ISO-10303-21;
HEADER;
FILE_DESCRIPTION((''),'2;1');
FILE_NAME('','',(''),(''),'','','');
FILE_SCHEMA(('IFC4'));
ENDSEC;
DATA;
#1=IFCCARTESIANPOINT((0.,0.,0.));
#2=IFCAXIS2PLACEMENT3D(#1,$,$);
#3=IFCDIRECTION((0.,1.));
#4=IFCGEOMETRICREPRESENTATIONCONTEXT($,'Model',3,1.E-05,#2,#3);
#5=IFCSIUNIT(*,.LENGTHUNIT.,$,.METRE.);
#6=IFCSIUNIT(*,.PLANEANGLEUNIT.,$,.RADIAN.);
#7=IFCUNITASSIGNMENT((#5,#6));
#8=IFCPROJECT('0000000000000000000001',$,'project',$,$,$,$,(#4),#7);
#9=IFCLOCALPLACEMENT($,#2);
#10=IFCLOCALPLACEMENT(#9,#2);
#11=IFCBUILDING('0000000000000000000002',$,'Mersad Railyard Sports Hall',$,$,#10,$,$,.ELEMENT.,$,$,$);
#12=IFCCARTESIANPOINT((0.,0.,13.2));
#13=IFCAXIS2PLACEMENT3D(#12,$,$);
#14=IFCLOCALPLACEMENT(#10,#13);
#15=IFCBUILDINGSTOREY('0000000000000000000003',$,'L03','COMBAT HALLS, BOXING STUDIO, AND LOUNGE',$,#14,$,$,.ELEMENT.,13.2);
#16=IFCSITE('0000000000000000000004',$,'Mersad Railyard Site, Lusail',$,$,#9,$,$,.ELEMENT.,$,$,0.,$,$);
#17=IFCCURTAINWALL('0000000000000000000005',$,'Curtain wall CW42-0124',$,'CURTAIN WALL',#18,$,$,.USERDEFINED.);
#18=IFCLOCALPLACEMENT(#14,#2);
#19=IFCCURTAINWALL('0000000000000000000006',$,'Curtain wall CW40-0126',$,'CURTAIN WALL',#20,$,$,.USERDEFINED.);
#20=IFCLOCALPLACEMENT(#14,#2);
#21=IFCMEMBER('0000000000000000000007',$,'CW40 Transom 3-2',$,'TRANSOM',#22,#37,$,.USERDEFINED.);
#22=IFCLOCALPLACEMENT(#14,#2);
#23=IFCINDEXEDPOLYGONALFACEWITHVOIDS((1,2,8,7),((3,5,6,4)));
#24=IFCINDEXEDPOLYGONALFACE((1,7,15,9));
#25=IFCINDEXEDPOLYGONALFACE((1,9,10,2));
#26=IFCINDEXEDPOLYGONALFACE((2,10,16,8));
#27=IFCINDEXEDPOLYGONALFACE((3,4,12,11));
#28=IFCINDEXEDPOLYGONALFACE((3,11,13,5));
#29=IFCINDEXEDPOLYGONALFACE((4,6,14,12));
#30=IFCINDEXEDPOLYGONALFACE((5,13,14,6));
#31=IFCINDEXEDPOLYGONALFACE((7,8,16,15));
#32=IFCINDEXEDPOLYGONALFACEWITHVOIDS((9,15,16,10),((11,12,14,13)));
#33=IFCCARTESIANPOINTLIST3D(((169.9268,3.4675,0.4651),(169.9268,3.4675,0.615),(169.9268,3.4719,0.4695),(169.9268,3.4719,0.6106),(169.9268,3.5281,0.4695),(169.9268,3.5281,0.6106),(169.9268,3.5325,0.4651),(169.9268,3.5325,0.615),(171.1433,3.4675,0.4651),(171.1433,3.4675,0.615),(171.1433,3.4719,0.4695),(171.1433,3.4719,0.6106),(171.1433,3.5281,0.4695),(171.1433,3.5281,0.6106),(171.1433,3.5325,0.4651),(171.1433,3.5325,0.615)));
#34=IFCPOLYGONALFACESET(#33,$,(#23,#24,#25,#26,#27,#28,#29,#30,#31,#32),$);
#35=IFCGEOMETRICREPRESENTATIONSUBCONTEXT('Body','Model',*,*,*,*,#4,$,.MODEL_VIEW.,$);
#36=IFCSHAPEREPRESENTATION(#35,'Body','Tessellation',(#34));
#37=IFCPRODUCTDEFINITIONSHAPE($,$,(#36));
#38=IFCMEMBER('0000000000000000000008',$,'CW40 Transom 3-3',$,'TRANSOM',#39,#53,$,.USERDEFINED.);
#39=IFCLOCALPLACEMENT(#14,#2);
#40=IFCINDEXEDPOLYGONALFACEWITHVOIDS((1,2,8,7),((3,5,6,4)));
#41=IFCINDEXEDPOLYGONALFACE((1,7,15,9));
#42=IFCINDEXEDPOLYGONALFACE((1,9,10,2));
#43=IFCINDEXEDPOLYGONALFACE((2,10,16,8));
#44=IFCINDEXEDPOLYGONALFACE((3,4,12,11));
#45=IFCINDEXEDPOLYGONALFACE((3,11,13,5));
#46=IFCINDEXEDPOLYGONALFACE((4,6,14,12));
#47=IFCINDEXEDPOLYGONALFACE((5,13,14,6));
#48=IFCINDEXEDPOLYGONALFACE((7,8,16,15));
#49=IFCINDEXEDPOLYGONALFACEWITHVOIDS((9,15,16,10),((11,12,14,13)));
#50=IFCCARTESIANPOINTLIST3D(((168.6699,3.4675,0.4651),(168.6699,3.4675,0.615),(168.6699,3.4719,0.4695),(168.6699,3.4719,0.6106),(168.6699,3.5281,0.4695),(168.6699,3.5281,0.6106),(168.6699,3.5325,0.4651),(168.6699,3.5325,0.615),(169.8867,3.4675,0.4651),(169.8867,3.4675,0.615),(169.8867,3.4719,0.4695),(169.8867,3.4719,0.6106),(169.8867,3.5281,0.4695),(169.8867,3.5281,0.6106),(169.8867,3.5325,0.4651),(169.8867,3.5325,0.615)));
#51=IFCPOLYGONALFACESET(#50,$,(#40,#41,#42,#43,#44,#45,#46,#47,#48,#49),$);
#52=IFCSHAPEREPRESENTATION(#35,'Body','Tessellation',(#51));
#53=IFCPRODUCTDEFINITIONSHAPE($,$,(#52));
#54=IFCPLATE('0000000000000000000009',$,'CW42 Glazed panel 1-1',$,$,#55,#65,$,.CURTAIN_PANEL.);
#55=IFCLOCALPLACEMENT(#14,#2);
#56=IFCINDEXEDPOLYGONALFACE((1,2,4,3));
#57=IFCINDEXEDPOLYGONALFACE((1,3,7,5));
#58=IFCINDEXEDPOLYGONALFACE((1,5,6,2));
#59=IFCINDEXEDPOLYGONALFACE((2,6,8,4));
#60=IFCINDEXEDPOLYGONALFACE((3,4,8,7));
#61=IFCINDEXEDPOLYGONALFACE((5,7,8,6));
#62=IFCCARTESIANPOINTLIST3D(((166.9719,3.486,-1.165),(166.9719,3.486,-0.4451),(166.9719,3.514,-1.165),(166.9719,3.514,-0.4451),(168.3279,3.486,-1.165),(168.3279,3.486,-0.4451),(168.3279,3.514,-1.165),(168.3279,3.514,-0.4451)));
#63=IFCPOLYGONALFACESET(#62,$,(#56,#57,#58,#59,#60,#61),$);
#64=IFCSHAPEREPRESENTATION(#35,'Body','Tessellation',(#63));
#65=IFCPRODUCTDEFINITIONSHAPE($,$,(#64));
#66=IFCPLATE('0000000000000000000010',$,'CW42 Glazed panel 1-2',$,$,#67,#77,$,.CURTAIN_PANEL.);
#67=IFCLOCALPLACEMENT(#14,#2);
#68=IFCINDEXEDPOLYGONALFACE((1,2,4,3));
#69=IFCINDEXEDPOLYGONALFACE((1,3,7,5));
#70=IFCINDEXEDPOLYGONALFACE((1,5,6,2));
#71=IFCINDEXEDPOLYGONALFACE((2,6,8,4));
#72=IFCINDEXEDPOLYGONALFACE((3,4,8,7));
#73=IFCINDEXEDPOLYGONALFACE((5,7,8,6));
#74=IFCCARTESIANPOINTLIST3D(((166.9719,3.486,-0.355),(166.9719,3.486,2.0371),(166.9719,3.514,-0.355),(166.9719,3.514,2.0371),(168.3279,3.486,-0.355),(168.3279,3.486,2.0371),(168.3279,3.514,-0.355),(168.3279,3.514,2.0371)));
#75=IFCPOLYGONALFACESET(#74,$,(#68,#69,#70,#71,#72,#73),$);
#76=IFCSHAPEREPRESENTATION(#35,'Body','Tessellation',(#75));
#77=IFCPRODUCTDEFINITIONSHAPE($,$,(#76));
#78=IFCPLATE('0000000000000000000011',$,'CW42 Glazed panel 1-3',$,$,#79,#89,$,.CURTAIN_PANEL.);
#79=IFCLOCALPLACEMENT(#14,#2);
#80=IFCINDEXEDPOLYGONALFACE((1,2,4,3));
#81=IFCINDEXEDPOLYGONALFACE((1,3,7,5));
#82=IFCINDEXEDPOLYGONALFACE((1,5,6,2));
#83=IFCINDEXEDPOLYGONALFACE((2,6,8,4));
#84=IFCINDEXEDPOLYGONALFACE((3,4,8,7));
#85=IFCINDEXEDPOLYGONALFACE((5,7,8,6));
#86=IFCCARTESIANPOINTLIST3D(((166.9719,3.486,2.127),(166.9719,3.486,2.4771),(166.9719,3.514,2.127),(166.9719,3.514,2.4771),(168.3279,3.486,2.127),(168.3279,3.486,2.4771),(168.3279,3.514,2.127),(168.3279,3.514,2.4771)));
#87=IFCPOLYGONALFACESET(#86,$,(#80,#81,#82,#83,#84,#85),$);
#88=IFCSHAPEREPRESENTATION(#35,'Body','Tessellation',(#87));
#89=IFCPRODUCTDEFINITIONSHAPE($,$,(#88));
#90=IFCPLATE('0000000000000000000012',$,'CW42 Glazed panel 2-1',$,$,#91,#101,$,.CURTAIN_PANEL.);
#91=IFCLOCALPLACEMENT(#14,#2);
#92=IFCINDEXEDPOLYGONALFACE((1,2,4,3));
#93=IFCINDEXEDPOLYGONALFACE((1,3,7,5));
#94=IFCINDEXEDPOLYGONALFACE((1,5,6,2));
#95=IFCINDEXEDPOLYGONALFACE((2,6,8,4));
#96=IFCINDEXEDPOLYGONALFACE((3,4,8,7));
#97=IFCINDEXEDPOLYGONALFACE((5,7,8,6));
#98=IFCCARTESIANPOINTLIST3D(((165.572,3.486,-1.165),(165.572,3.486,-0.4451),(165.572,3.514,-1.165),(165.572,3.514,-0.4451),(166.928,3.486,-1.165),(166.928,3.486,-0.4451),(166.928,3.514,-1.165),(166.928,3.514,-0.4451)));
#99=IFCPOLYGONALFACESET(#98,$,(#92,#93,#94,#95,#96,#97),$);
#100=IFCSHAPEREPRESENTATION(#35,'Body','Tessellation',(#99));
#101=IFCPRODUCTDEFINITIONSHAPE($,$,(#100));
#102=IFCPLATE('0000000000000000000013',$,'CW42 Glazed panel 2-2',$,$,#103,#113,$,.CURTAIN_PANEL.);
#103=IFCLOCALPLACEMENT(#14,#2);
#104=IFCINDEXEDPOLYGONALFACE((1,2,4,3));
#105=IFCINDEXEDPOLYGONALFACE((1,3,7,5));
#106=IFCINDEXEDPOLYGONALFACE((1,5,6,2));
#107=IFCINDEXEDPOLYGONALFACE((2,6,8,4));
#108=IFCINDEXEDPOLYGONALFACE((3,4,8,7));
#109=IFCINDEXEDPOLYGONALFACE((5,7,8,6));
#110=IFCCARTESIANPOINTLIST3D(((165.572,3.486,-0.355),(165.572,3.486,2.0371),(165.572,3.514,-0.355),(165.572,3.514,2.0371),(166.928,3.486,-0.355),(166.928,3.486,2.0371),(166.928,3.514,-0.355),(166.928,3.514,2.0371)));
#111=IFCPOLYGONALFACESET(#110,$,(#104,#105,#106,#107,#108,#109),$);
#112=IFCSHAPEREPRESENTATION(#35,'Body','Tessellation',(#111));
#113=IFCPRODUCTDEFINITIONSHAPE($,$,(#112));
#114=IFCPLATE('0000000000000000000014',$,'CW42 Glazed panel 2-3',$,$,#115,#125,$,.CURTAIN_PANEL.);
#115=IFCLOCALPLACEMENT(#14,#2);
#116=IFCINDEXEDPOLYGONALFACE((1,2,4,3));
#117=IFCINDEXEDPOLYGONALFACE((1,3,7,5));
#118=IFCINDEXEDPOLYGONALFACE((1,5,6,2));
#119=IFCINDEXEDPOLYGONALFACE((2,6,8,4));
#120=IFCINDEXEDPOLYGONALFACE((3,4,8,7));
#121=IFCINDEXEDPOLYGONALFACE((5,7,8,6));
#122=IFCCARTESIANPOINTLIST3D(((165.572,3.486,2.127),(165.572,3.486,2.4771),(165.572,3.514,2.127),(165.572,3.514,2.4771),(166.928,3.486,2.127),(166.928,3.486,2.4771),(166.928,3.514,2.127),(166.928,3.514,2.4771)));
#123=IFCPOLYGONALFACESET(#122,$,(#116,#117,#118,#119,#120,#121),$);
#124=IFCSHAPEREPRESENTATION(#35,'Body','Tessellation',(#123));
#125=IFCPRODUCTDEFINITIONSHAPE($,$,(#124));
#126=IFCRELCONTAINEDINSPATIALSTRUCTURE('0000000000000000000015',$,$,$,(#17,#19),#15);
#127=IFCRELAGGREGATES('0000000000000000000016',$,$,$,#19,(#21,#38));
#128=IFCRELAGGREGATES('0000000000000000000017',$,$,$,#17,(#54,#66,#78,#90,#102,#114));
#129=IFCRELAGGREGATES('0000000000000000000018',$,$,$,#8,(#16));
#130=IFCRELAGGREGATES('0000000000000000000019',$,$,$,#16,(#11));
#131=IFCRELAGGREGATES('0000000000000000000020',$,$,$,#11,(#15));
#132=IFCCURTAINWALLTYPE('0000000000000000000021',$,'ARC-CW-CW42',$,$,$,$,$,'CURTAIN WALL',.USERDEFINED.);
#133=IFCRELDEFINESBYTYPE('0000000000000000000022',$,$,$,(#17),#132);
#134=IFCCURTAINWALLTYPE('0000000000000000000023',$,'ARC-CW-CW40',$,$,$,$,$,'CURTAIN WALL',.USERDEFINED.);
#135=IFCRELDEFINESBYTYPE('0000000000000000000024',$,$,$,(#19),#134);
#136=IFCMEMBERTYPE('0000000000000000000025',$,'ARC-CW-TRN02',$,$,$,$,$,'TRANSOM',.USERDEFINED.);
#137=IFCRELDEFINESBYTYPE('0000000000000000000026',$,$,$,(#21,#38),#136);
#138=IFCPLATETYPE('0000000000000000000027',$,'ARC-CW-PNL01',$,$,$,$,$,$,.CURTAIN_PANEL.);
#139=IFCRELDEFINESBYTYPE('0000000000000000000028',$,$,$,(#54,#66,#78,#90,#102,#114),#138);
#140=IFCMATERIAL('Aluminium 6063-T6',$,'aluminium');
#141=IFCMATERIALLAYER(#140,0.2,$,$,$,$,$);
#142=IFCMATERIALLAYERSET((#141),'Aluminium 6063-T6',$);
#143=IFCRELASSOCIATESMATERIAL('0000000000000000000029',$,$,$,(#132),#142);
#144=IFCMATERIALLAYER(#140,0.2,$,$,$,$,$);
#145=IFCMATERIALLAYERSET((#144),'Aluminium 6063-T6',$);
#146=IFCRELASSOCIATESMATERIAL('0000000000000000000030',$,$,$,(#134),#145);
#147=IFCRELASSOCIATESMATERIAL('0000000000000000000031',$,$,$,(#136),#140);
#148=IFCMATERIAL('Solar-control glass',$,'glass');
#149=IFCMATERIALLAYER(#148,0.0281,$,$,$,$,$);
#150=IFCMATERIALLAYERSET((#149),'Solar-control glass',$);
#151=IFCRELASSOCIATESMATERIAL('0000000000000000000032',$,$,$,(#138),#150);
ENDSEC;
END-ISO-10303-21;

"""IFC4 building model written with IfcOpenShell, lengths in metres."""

from ifc_helpers import new_model, si_unit, direction, frame, origin, origin_2d, place, context, subcontext, project, spatial, rectangle, hollow_rectangle, extrude, material, layer, layer_set, material_profile, profile_set, type_object, element, aggregate, save


model = new_model("IFC4")

# Units and contexts
model_context = context("Model", 3, precision=1e-05, world=origin(), true_north=direction((0.0, 1.0)))
body_context = subcontext(model_context, "Body", "Model", "MODEL_VIEW")
ifc_project = project(units=[si_unit("LENGTHUNIT", "METRE"), si_unit("PLANEANGLEUNIT", "RADIAN")], contexts=[model_context])

# Site, building, storey
site_placement = place(None, origin())
site = spatial("IfcSite", under=ifc_project, at=site_placement, Name="Mersad Railyard Site, Lusail", CompositionType="ELEMENT", RefElevation=0.0)
building_placement = place(site_placement, origin())
building = spatial("IfcBuilding", under=site, at=building_placement, Name="Mersad Railyard Sports Hall", CompositionType="ELEMENT")
storey_placement = place(building_placement, frame((0.0, 0.0, 13.2)))
storey = spatial("IfcBuildingStorey", under=building, at=storey_placement, Name="L03", Description="COMBAT HALLS, BOXING STUDIO, AND LOUNGE", CompositionType="ELEMENT", Elevation=13.2)

# Curtain walls
ifc_material_1 = material(Name="Aluminium 6063-T6", Category="aluminium")
ifc_layer_1 = layer(ifc_material_1, 0.2)
ifc_layer_set_1 = layer_set([ifc_layer_1], Name="Aluminium 6063-T6")
curtain_wall_type_1 = type_object("IfcCurtainWallType", Name="ARC-CW-CW42", ElementType="CURTAIN WALL", PredefinedType="USERDEFINED", material=ifc_layer_set_1)
curtain_wall_1_placement = place(storey_placement, origin())
curtain_wall_1 = element("IfcCurtainWall", 1, at=curtain_wall_1_placement, inside=storey, type_object=curtain_wall_type_1, Name="Curtain wall CW42-0124", ObjectType="CURTAIN WALL", PredefinedType="USERDEFINED")
ifc_layer_2 = layer(ifc_material_1, 0.2)
ifc_layer_set_2 = layer_set([ifc_layer_2], Name="Aluminium 6063-T6")
curtain_wall_type_2 = type_object("IfcCurtainWallType", Name="ARC-CW-CW40", ElementType="CURTAIN WALL", PredefinedType="USERDEFINED", material=ifc_layer_set_2)
curtain_wall_2_placement = place(storey_placement, origin())
curtain_wall_2 = element("IfcCurtainWall", 2, at=curtain_wall_2_placement, inside=storey, type_object=curtain_wall_type_2, Name="Curtain wall CW40-0126", ObjectType="CURTAIN WALL", PredefinedType="USERDEFINED")

# Members
ifc_material_profile_1 = material_profile(ifc_material_1, hollow_rectangle(XDim=0.0649, YDim=0.1499, WallThickness=0.0044, at=origin_2d()), Name="AL TRANSOM 65x150x4.5")
ifc_profile_set_1 = profile_set([ifc_material_profile_1], Name="Aluminium 6063-T6")
member_type_1 = type_object("IfcMemberType", Name="ARC-CW-TRN02", ElementType="TRANSOM", PredefinedType="USERDEFINED", material=ifc_profile_set_1)
member_1_placement = place(storey_placement, frame((171.1433, 3.5, 0.54), z_axis=(-1.0, 0.0, 0.0), x_axis=(0.0, -1.0, 0.0)))
member_1 = element("IfcMember", 3, at=member_1_placement, type_object=member_type_1, Name="CW40 Transom 3-2", ObjectType="TRANSOM", PredefinedType="USERDEFINED", context=body_context, shape_type="SweptSolid", body=[
    extrude(hollow_rectangle(XDim=0.0649, YDim=0.1499, WallThickness=0.0044, at=origin_2d()), origin(), (0.0, 0.0, 1.0), 1.2166),
])
member_2_placement = place(storey_placement, frame((169.8867, 3.5, 0.54), z_axis=(-1.0, 0.0, 0.0), x_axis=(0.0, -1.0, 0.0)))
member_2 = element("IfcMember", 4, at=member_2_placement, type_object=member_type_1, Name="CW40 Transom 3-3", ObjectType="TRANSOM", PredefinedType="USERDEFINED", context=body_context, shape_type="SweptSolid", body=[
    extrude(hollow_rectangle(XDim=0.0649, YDim=0.1499, WallThickness=0.0044, at=origin_2d()), origin(), (0.0, 0.0, 1.0), 1.2168),
])
aggregate(curtain_wall_2, [member_1, member_2])

# Plates
ifc_material_2 = material(Name="Solar-control glass", Category="glass")
ifc_layer_3 = layer(ifc_material_2, 0.0281)
ifc_layer_set_3 = layer_set([ifc_layer_3], Name="Solar-control glass")
plate_type = type_object("IfcPlateType", Name="ARC-CW-PNL01", PredefinedType="CURTAIN_PANEL", material=ifc_layer_set_3)
plate_1_placement = place(storey_placement, frame((167.6499, 3.5, -1.165), z_axis=(0.0, 0.0, 1.0), x_axis=(-1.0, 0.0, 0.0)))
plate_1 = element("IfcPlate", 5, at=plate_1_placement, type_object=plate_type, Name="CW42 Glazed panel 1-1", PredefinedType="CURTAIN_PANEL", context=body_context, shape_type="SweptSolid", body=[
    extrude(rectangle(XDim=1.356, YDim=0.0281, at=origin_2d()), origin(), (0.0, 0.0, 1.0), 0.72),
])
plate_2_placement = place(storey_placement, frame((167.6499, 3.5, -0.355), z_axis=(0.0, 0.0, 1.0), x_axis=(-1.0, 0.0, 0.0)))
plate_2 = element("IfcPlate", 6, at=plate_2_placement, type_object=plate_type, Name="CW42 Glazed panel 1-2", PredefinedType="CURTAIN_PANEL", context=body_context, shape_type="SweptSolid", body=[
    extrude(rectangle(XDim=1.356, YDim=0.0281, at=origin_2d()), origin(), (0.0, 0.0, 1.0), 2.3921),
])
plate_3_placement = place(storey_placement, frame((167.6499, 3.5, 2.127), z_axis=(0.0, 0.0, 1.0), x_axis=(-1.0, 0.0, 0.0)))
plate_3 = element("IfcPlate", 7, at=plate_3_placement, type_object=plate_type, Name="CW42 Glazed panel 1-3", PredefinedType="CURTAIN_PANEL", context=body_context, shape_type="SweptSolid", body=[
    extrude(rectangle(XDim=1.356, YDim=0.0281, at=origin_2d()), origin(), (0.0, 0.0, 1.0), 0.3501),
])
plate_4_placement = place(storey_placement, frame((166.25, 3.5, -1.165), z_axis=(0.0, 0.0, 1.0), x_axis=(-1.0, 0.0, 0.0)))
plate_4 = element("IfcPlate", 8, at=plate_4_placement, type_object=plate_type, Name="CW42 Glazed panel 2-1", PredefinedType="CURTAIN_PANEL", context=body_context, shape_type="SweptSolid", body=[
    extrude(rectangle(XDim=1.356, YDim=0.0281, at=origin_2d()), origin(), (0.0, 0.0, 1.0), 0.72),
])
plate_5_placement = place(storey_placement, frame((166.25, 3.5, -0.355), z_axis=(0.0, 0.0, 1.0), x_axis=(-1.0, 0.0, 0.0)))
plate_5 = element("IfcPlate", 9, at=plate_5_placement, type_object=plate_type, Name="CW42 Glazed panel 2-2", PredefinedType="CURTAIN_PANEL", context=body_context, shape_type="SweptSolid", body=[
    extrude(rectangle(XDim=1.356, YDim=0.0281, at=origin_2d()), origin(), (0.0, 0.0, 1.0), 2.3921),
])
plate_6_placement = place(storey_placement, frame((166.25, 3.5, 2.127), z_axis=(0.0, 0.0, 1.0), x_axis=(-1.0, 0.0, 0.0)))
plate_6 = element("IfcPlate", 10, at=plate_6_placement, type_object=plate_type, Name="CW42 Glazed panel 2-3", PredefinedType="CURTAIN_PANEL", context=body_context, shape_type="SweptSolid", body=[
    extrude(rectangle(XDim=1.356, YDim=0.0281, at=origin_2d()), origin(), (0.0, 0.0, 1.0), 0.3501),
])
aggregate(curtain_wall_1, [plate_1, plate_2, plate_3, plate_4, plate_5, plate_6])

save(model, "model.ifc")
